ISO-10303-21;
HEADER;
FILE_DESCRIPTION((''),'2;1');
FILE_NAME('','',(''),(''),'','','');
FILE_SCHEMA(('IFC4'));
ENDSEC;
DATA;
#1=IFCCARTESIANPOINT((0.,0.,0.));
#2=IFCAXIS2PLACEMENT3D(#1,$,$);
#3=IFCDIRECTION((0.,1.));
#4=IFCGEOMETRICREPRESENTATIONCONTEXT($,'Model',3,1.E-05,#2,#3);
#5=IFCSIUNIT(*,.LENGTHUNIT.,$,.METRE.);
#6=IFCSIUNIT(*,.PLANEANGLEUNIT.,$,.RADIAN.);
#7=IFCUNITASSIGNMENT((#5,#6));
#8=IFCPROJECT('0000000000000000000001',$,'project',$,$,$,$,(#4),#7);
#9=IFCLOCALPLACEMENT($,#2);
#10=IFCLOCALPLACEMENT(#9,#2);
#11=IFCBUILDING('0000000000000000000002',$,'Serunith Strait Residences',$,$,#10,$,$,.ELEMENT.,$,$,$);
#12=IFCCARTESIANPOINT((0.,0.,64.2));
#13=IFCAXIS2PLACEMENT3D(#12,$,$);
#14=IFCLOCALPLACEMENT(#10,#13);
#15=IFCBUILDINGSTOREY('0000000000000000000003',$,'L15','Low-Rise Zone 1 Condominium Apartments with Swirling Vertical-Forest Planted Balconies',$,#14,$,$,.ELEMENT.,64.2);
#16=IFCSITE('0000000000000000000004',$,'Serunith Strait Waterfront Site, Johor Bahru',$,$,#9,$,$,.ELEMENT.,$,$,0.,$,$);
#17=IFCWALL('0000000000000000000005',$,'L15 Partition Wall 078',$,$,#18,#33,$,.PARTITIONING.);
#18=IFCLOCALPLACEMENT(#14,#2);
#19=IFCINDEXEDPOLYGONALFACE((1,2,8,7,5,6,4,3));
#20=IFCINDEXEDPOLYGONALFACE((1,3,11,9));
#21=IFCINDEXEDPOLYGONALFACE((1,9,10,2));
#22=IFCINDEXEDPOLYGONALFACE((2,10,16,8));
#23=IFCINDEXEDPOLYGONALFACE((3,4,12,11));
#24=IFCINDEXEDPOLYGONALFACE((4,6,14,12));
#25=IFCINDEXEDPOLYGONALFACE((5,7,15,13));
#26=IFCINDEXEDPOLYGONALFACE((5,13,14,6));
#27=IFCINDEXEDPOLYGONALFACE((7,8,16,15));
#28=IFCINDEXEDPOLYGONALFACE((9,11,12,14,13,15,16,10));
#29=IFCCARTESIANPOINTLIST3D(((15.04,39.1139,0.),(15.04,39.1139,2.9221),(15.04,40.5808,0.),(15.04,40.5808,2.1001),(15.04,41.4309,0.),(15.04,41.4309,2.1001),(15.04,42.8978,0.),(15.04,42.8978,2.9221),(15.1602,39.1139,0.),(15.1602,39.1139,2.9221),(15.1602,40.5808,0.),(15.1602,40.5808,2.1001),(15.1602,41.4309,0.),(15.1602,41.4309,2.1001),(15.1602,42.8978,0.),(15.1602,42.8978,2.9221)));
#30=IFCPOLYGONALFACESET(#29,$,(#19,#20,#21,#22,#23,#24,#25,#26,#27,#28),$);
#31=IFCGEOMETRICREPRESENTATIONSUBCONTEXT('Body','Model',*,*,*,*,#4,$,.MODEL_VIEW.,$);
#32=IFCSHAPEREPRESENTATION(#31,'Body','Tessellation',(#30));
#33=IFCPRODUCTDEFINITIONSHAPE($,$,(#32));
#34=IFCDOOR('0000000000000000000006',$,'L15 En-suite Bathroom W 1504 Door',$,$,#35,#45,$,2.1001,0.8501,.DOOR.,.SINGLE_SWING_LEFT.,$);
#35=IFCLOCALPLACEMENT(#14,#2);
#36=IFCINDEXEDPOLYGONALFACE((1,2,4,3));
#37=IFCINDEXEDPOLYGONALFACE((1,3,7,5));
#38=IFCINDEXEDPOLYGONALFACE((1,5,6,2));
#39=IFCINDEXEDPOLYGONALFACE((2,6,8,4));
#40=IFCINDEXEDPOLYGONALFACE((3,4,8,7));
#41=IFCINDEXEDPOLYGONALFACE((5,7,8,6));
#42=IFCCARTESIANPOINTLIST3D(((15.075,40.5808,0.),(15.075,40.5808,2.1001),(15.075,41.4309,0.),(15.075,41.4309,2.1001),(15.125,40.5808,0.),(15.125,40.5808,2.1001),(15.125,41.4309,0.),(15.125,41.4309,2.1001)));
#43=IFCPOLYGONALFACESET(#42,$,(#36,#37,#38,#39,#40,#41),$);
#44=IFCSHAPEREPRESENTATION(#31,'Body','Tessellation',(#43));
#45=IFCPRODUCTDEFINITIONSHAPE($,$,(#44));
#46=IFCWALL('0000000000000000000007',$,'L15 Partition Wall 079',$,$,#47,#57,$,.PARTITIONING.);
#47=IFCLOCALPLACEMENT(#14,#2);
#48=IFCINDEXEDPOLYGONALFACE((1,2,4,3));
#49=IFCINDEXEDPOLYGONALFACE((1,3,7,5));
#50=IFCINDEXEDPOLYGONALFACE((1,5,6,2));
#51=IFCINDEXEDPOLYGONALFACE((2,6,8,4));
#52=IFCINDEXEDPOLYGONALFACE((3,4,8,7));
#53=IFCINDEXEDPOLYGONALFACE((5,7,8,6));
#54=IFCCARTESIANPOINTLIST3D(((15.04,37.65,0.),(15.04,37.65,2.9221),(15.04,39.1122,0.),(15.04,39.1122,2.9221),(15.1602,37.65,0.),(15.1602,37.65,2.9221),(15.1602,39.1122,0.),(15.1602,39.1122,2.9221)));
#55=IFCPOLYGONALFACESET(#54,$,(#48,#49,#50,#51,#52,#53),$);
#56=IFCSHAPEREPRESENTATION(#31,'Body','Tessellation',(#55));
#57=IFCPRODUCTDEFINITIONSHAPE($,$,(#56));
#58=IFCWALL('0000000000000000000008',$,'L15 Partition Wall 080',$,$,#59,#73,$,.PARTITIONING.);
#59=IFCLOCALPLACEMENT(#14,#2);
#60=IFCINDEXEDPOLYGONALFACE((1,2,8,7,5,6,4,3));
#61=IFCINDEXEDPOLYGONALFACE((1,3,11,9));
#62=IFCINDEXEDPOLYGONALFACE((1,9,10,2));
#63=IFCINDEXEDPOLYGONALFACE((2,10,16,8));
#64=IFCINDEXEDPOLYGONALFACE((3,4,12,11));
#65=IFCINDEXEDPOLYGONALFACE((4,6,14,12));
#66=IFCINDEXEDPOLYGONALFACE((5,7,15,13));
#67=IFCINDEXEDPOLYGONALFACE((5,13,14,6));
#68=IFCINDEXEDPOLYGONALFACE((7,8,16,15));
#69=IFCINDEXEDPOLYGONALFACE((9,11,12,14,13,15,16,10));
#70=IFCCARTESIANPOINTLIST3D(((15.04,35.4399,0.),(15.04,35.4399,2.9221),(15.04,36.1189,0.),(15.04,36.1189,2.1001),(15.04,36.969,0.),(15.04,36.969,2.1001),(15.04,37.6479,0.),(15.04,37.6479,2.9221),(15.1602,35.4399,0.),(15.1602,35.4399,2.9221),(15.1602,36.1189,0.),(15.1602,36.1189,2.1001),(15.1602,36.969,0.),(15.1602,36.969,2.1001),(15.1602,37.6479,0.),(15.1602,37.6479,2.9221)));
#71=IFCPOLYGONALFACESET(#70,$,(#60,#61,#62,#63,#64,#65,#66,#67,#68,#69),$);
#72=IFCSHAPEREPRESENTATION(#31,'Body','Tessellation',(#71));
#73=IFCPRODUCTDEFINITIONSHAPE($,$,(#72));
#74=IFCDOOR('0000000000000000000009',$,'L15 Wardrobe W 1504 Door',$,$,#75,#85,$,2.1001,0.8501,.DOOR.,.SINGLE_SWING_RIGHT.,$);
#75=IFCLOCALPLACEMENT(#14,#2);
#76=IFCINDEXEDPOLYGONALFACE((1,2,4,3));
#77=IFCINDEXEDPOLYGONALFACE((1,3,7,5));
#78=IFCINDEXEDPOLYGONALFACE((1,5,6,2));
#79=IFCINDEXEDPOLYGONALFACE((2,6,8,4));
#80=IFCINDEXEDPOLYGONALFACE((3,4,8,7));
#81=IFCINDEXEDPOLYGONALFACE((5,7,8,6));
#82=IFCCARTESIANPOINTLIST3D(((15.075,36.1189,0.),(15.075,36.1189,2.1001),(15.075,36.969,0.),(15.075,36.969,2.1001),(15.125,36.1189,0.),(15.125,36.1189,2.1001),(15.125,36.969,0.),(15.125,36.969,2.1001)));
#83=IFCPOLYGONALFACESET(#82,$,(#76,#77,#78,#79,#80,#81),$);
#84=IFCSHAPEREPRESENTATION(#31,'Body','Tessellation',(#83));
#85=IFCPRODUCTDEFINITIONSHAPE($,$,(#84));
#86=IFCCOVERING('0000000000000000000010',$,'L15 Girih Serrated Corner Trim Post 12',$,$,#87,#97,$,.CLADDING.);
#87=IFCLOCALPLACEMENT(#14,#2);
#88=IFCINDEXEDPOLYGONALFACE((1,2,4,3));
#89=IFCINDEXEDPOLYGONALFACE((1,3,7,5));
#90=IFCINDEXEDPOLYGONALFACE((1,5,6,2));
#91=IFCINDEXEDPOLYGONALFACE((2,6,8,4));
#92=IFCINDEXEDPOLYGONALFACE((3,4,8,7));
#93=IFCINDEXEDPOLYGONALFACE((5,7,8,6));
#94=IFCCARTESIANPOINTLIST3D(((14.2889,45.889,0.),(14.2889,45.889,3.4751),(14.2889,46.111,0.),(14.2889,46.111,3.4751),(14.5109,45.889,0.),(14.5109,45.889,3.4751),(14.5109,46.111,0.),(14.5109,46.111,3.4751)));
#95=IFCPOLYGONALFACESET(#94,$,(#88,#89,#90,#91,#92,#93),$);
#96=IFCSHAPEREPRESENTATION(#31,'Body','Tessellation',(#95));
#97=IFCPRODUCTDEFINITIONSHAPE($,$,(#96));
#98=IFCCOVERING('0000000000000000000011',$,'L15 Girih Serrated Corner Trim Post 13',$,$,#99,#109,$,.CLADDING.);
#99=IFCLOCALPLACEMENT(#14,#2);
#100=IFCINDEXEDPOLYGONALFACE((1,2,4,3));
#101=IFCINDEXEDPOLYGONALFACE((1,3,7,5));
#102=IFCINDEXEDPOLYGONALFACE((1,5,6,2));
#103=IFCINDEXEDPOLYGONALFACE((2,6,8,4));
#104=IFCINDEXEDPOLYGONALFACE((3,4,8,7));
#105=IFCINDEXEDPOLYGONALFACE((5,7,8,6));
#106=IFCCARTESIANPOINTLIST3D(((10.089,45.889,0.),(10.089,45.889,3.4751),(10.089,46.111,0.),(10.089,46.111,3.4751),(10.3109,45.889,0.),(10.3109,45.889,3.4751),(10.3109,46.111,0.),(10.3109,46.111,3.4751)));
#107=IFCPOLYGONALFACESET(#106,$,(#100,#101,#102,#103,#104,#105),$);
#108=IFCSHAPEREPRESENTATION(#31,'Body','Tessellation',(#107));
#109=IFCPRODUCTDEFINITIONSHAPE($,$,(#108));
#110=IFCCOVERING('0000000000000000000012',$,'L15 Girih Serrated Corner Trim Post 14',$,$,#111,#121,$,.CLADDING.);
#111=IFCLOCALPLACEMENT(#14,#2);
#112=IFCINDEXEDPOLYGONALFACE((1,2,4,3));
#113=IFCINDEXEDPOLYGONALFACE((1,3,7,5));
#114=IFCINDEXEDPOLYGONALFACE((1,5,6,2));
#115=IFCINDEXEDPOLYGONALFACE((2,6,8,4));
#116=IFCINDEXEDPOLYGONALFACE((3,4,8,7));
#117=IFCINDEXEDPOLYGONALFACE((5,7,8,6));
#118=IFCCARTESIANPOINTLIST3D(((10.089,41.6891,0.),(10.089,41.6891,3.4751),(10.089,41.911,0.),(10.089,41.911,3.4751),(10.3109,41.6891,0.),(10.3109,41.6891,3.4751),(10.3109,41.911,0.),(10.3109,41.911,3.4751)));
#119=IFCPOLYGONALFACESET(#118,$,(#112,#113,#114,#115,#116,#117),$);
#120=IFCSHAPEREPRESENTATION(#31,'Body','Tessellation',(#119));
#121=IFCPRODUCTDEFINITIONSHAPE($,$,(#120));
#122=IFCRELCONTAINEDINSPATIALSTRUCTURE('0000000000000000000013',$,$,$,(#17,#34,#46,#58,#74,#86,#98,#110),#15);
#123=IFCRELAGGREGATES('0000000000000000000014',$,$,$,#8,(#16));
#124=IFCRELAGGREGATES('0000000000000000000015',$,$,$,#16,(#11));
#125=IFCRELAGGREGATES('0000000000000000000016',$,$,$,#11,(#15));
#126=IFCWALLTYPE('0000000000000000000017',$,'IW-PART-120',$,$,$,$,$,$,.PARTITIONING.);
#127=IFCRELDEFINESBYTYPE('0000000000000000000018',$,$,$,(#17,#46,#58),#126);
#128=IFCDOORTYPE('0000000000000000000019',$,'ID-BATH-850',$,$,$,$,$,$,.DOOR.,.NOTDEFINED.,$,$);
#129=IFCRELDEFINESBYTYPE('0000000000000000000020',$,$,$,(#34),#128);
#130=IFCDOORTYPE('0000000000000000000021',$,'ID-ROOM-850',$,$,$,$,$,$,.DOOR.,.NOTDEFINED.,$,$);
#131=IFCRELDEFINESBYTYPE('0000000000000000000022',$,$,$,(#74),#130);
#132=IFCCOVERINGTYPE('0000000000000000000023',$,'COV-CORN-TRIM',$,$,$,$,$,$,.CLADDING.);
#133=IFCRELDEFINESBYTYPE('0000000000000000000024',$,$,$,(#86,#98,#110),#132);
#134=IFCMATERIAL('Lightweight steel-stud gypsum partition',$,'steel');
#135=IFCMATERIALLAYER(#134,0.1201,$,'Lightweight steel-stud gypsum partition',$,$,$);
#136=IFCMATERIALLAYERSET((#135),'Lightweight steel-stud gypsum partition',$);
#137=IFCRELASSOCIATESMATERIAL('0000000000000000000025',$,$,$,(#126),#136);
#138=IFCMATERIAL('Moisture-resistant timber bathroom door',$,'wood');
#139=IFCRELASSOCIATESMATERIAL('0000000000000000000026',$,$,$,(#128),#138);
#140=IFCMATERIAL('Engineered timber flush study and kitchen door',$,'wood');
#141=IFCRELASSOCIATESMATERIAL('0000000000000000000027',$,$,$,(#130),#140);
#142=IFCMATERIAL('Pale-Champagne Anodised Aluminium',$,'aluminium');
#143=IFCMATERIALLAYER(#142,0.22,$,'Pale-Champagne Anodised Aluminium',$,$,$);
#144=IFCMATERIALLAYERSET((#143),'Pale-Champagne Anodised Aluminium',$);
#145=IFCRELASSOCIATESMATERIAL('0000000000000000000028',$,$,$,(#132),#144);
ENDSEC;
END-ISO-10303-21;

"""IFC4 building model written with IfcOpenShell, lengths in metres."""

from ifc_helpers import new_model, si_unit, direction, frame, frame_2d, origin, origin_2d, place, context, subcontext, project, spatial, rectangle, extrude, source, transform, mapped, material, layer, layer_set, type_object, element, fill, save


model = new_model("IFC4")

# Units and contexts
model_context = context("Model", 3, precision=1e-05, world=origin(), true_north=direction((0.0, 1.0)))
body_context = subcontext(model_context, "Body", "Model", "MODEL_VIEW")
ifc_project = project(units=[si_unit("LENGTHUNIT", "METRE"), si_unit("PLANEANGLEUNIT", "RADIAN")], contexts=[model_context])

# Site, building, storey
site_placement = place(None, origin())
site = spatial("IfcSite", under=ifc_project, at=site_placement, Name="Serunith Strait Waterfront Site, Johor Bahru", CompositionType="ELEMENT", RefElevation=0.0)
building_placement = place(site_placement, origin())
building = spatial("IfcBuilding", under=site, at=building_placement, Name="Serunith Strait Residences", CompositionType="ELEMENT")
storey_placement = place(building_placement, frame((0.0, 0.0, 64.2)))
storey = spatial("IfcBuildingStorey", under=building, at=storey_placement, Name="L15", Description="Low-Rise Zone 1 Condominium Apartments with Swirling Vertical-Forest Planted Balconies", CompositionType="ELEMENT", Elevation=64.2)

# Shared definitions
ifc_material_1 = material(Name="Pale-Champagne Anodised Aluminium", Category="aluminium")

# Shared definitions
ifc_material_2 = material(Name="Lightweight steel-stud gypsum partition", Category="steel")
ifc_layer_1 = layer(ifc_material_2, 0.1201, Name="Lightweight steel-stud gypsum partition")
ifc_layer_set_1 = layer_set([ifc_layer_1], Name="Lightweight steel-stud gypsum partition")
wall_type_1 = type_object("IfcWallType", Name="IW-PART-120", PredefinedType="PARTITIONING", material=ifc_layer_set_1)

# Wall, opening, door
wall_1_placement = place(storey_placement, frame((15.1001, 42.8979, 0.0), z_axis=(0.0, 0.0, 1.0), x_axis=(0.0, -1.0, 0.0)))
wall_1 = element("IfcWall", 1, at=wall_1_placement, inside=storey, type_object=wall_type_1, Name="L15 Partition Wall 078", PredefinedType="PARTITIONING", context=body_context, shape_type="SweptSolid", body=[
    extrude(rectangle(XDim=3.7839, YDim=0.1201, at=frame_2d((1.8921, 0.0))), origin(), (0.0, 0.0, 1.0), 2.9221),
])
opening_1_placement = place(wall_1_placement, frame((1.467, 0.0, 0.0)))
opening_1 = element("IfcOpeningElement", 2, at=opening_1_placement, cuts=wall_1, PredefinedType="OPENING", context=body_context, shape_type="SweptSolid", body=[
    extrude(rectangle(XDim=0.8501, YDim=2.1001, at=frame_2d((0.425, 1.05))), frame((0.0, 0.0701, 0.0), z_axis=(0.0, -1.0, 0.0), x_axis=(1.0, 0.0, 0.0)), (0.0, 0.0, 1.0), 0.1401),
])
ifc_material_3 = material(Name="Moisture-resistant timber bathroom door", Category="wood")
door_type_1 = type_object("IfcDoorType", Name="ID-BATH-850", OperationType="NOTDEFINED", PredefinedType="DOOR", material=ifc_material_3)
shared_shape_1 = source(origin(), body_context, "Body", "SweptSolid", [
    extrude(rectangle(XDim=0.8501, YDim=2.1001, at=frame_2d((0.425, 1.05))), frame((0.0, 0.0249, 0.0), z_axis=(0.0, -1.0, 0.0), x_axis=(1.0, 0.0, 0.0)), (0.0, 0.0, 1.0), 0.05),
])
door_1_placement = place(opening_1_placement, origin())
door_1 = element("IfcDoor", 3, at=door_1_placement, inside=storey, type_object=door_type_1, Name="L15 En-suite Bathroom W 1504 Door", OperationType="SINGLE_SWING_LEFT", OverallHeight=2.1001, OverallWidth=0.8501, PredefinedType="DOOR", context=body_context, shape_type="MappedRepresentation", body=[
    mapped(shared_shape_1, transform((0.0, 0.0, 0.0), scale=1.0)),
])
fill(opening_1, door_1)

# Wall
wall_2_placement = place(storey_placement, frame((15.1001, 39.1121, 0.0), z_axis=(0.0, 0.0, 1.0), x_axis=(0.0, -1.0, 0.0)))
element("IfcWall", 4, at=wall_2_placement, inside=storey, type_object=wall_type_1, Name="L15 Partition Wall 079", PredefinedType="PARTITIONING", context=body_context, shape_type="SweptSolid", body=[
    extrude(rectangle(XDim=1.4622, YDim=0.1201, at=frame_2d((0.731, 0.0))), origin(), (0.0, 0.0, 1.0), 2.9221),
])

# Wall, opening, door
wall_3_placement = place(storey_placement, frame((15.1001, 37.6479, 0.0), z_axis=(0.0, 0.0, 1.0), x_axis=(0.0, -1.0, 0.0)))
wall_3 = element("IfcWall", 5, at=wall_3_placement, inside=storey, type_object=wall_type_1, Name="L15 Partition Wall 080", PredefinedType="PARTITIONING", context=body_context, shape_type="SweptSolid", body=[
    extrude(rectangle(XDim=2.208, YDim=0.1201, at=frame_2d((1.104, 0.0))), origin(), (0.0, 0.0, 1.0), 2.9221),
])
opening_2_placement = place(wall_3_placement, frame((0.679, 0.0, 0.0)))
opening_2 = element("IfcOpeningElement", 6, at=opening_2_placement, cuts=wall_3, PredefinedType="OPENING", context=body_context, shape_type="SweptSolid", body=[
    extrude(rectangle(XDim=0.8501, YDim=2.1001, at=frame_2d((0.425, 1.05))), frame((0.0, 0.0701, 0.0), z_axis=(0.0, -1.0, 0.0), x_axis=(1.0, 0.0, 0.0)), (0.0, 0.0, 1.0), 0.1401),
])
ifc_material_4 = material(Name="Engineered timber flush study and kitchen door", Category="wood")
door_type_2 = type_object("IfcDoorType", Name="ID-ROOM-850", OperationType="NOTDEFINED", PredefinedType="DOOR", material=ifc_material_4)
door_2_placement = place(opening_2_placement, origin())
door_2 = element("IfcDoor", 7, at=door_2_placement, inside=storey, type_object=door_type_2, Name="L15 Wardrobe W 1504 Door", OperationType="SINGLE_SWING_RIGHT", OverallHeight=2.1001, OverallWidth=0.8501, PredefinedType="DOOR", context=body_context, shape_type="MappedRepresentation", body=[
    mapped(shared_shape_1, transform((0.0, 0.0, 0.0), scale=1.0)),
])
fill(opening_2, door_2)

# Coverings
ifc_layer_2 = layer(ifc_material_1, 0.22, Name="Pale-Champagne Anodised Aluminium")
ifc_layer_set_2 = layer_set([ifc_layer_2], Name="Pale-Champagne Anodised Aluminium")
covering_type = type_object("IfcCoveringType", Name="COV-CORN-TRIM", PredefinedType="CLADDING", material=ifc_layer_set_2)
shared_shape_2 = source(origin(), body_context, "Body", "SweptSolid", [
    extrude(rectangle(XDim=0.2219, YDim=0.2219, at=origin_2d()), origin(), (0.0, 0.0, 1.0), 3.4751),
])
for number, where, z_axis, x_axis, name in (
    (8, (14.3999, 46.0, 0.0), (0.0, 0.0, 1.0), (1.0, 0.0, 0.0), "L15 Girih Serrated Corner Trim Post 12"),
    (9, (10.2, 46.0, 0.0), (0.0, 0.0, 1.0), (1.0, 0.0, 0.0), "L15 Girih Serrated Corner Trim Post 13"),
    (10, (10.2, 41.8, 0.0), (0.0, 0.0, 1.0), (1.0, 0.0, 0.0), "L15 Girih Serrated Corner Trim Post 14"),
):
    element("IfcCovering", number, at=place(storey_placement, frame(where, z_axis=z_axis, x_axis=x_axis)), inside=storey, type_object=covering_type, Name=name, PredefinedType="CLADDING", context=body_context, shape_type="MappedRepresentation", body=[
        mapped(shared_shape_2, transform((0.0, 0.0, 0.0), scale=1.0)),
    ])

save(model, "model.ifc")
